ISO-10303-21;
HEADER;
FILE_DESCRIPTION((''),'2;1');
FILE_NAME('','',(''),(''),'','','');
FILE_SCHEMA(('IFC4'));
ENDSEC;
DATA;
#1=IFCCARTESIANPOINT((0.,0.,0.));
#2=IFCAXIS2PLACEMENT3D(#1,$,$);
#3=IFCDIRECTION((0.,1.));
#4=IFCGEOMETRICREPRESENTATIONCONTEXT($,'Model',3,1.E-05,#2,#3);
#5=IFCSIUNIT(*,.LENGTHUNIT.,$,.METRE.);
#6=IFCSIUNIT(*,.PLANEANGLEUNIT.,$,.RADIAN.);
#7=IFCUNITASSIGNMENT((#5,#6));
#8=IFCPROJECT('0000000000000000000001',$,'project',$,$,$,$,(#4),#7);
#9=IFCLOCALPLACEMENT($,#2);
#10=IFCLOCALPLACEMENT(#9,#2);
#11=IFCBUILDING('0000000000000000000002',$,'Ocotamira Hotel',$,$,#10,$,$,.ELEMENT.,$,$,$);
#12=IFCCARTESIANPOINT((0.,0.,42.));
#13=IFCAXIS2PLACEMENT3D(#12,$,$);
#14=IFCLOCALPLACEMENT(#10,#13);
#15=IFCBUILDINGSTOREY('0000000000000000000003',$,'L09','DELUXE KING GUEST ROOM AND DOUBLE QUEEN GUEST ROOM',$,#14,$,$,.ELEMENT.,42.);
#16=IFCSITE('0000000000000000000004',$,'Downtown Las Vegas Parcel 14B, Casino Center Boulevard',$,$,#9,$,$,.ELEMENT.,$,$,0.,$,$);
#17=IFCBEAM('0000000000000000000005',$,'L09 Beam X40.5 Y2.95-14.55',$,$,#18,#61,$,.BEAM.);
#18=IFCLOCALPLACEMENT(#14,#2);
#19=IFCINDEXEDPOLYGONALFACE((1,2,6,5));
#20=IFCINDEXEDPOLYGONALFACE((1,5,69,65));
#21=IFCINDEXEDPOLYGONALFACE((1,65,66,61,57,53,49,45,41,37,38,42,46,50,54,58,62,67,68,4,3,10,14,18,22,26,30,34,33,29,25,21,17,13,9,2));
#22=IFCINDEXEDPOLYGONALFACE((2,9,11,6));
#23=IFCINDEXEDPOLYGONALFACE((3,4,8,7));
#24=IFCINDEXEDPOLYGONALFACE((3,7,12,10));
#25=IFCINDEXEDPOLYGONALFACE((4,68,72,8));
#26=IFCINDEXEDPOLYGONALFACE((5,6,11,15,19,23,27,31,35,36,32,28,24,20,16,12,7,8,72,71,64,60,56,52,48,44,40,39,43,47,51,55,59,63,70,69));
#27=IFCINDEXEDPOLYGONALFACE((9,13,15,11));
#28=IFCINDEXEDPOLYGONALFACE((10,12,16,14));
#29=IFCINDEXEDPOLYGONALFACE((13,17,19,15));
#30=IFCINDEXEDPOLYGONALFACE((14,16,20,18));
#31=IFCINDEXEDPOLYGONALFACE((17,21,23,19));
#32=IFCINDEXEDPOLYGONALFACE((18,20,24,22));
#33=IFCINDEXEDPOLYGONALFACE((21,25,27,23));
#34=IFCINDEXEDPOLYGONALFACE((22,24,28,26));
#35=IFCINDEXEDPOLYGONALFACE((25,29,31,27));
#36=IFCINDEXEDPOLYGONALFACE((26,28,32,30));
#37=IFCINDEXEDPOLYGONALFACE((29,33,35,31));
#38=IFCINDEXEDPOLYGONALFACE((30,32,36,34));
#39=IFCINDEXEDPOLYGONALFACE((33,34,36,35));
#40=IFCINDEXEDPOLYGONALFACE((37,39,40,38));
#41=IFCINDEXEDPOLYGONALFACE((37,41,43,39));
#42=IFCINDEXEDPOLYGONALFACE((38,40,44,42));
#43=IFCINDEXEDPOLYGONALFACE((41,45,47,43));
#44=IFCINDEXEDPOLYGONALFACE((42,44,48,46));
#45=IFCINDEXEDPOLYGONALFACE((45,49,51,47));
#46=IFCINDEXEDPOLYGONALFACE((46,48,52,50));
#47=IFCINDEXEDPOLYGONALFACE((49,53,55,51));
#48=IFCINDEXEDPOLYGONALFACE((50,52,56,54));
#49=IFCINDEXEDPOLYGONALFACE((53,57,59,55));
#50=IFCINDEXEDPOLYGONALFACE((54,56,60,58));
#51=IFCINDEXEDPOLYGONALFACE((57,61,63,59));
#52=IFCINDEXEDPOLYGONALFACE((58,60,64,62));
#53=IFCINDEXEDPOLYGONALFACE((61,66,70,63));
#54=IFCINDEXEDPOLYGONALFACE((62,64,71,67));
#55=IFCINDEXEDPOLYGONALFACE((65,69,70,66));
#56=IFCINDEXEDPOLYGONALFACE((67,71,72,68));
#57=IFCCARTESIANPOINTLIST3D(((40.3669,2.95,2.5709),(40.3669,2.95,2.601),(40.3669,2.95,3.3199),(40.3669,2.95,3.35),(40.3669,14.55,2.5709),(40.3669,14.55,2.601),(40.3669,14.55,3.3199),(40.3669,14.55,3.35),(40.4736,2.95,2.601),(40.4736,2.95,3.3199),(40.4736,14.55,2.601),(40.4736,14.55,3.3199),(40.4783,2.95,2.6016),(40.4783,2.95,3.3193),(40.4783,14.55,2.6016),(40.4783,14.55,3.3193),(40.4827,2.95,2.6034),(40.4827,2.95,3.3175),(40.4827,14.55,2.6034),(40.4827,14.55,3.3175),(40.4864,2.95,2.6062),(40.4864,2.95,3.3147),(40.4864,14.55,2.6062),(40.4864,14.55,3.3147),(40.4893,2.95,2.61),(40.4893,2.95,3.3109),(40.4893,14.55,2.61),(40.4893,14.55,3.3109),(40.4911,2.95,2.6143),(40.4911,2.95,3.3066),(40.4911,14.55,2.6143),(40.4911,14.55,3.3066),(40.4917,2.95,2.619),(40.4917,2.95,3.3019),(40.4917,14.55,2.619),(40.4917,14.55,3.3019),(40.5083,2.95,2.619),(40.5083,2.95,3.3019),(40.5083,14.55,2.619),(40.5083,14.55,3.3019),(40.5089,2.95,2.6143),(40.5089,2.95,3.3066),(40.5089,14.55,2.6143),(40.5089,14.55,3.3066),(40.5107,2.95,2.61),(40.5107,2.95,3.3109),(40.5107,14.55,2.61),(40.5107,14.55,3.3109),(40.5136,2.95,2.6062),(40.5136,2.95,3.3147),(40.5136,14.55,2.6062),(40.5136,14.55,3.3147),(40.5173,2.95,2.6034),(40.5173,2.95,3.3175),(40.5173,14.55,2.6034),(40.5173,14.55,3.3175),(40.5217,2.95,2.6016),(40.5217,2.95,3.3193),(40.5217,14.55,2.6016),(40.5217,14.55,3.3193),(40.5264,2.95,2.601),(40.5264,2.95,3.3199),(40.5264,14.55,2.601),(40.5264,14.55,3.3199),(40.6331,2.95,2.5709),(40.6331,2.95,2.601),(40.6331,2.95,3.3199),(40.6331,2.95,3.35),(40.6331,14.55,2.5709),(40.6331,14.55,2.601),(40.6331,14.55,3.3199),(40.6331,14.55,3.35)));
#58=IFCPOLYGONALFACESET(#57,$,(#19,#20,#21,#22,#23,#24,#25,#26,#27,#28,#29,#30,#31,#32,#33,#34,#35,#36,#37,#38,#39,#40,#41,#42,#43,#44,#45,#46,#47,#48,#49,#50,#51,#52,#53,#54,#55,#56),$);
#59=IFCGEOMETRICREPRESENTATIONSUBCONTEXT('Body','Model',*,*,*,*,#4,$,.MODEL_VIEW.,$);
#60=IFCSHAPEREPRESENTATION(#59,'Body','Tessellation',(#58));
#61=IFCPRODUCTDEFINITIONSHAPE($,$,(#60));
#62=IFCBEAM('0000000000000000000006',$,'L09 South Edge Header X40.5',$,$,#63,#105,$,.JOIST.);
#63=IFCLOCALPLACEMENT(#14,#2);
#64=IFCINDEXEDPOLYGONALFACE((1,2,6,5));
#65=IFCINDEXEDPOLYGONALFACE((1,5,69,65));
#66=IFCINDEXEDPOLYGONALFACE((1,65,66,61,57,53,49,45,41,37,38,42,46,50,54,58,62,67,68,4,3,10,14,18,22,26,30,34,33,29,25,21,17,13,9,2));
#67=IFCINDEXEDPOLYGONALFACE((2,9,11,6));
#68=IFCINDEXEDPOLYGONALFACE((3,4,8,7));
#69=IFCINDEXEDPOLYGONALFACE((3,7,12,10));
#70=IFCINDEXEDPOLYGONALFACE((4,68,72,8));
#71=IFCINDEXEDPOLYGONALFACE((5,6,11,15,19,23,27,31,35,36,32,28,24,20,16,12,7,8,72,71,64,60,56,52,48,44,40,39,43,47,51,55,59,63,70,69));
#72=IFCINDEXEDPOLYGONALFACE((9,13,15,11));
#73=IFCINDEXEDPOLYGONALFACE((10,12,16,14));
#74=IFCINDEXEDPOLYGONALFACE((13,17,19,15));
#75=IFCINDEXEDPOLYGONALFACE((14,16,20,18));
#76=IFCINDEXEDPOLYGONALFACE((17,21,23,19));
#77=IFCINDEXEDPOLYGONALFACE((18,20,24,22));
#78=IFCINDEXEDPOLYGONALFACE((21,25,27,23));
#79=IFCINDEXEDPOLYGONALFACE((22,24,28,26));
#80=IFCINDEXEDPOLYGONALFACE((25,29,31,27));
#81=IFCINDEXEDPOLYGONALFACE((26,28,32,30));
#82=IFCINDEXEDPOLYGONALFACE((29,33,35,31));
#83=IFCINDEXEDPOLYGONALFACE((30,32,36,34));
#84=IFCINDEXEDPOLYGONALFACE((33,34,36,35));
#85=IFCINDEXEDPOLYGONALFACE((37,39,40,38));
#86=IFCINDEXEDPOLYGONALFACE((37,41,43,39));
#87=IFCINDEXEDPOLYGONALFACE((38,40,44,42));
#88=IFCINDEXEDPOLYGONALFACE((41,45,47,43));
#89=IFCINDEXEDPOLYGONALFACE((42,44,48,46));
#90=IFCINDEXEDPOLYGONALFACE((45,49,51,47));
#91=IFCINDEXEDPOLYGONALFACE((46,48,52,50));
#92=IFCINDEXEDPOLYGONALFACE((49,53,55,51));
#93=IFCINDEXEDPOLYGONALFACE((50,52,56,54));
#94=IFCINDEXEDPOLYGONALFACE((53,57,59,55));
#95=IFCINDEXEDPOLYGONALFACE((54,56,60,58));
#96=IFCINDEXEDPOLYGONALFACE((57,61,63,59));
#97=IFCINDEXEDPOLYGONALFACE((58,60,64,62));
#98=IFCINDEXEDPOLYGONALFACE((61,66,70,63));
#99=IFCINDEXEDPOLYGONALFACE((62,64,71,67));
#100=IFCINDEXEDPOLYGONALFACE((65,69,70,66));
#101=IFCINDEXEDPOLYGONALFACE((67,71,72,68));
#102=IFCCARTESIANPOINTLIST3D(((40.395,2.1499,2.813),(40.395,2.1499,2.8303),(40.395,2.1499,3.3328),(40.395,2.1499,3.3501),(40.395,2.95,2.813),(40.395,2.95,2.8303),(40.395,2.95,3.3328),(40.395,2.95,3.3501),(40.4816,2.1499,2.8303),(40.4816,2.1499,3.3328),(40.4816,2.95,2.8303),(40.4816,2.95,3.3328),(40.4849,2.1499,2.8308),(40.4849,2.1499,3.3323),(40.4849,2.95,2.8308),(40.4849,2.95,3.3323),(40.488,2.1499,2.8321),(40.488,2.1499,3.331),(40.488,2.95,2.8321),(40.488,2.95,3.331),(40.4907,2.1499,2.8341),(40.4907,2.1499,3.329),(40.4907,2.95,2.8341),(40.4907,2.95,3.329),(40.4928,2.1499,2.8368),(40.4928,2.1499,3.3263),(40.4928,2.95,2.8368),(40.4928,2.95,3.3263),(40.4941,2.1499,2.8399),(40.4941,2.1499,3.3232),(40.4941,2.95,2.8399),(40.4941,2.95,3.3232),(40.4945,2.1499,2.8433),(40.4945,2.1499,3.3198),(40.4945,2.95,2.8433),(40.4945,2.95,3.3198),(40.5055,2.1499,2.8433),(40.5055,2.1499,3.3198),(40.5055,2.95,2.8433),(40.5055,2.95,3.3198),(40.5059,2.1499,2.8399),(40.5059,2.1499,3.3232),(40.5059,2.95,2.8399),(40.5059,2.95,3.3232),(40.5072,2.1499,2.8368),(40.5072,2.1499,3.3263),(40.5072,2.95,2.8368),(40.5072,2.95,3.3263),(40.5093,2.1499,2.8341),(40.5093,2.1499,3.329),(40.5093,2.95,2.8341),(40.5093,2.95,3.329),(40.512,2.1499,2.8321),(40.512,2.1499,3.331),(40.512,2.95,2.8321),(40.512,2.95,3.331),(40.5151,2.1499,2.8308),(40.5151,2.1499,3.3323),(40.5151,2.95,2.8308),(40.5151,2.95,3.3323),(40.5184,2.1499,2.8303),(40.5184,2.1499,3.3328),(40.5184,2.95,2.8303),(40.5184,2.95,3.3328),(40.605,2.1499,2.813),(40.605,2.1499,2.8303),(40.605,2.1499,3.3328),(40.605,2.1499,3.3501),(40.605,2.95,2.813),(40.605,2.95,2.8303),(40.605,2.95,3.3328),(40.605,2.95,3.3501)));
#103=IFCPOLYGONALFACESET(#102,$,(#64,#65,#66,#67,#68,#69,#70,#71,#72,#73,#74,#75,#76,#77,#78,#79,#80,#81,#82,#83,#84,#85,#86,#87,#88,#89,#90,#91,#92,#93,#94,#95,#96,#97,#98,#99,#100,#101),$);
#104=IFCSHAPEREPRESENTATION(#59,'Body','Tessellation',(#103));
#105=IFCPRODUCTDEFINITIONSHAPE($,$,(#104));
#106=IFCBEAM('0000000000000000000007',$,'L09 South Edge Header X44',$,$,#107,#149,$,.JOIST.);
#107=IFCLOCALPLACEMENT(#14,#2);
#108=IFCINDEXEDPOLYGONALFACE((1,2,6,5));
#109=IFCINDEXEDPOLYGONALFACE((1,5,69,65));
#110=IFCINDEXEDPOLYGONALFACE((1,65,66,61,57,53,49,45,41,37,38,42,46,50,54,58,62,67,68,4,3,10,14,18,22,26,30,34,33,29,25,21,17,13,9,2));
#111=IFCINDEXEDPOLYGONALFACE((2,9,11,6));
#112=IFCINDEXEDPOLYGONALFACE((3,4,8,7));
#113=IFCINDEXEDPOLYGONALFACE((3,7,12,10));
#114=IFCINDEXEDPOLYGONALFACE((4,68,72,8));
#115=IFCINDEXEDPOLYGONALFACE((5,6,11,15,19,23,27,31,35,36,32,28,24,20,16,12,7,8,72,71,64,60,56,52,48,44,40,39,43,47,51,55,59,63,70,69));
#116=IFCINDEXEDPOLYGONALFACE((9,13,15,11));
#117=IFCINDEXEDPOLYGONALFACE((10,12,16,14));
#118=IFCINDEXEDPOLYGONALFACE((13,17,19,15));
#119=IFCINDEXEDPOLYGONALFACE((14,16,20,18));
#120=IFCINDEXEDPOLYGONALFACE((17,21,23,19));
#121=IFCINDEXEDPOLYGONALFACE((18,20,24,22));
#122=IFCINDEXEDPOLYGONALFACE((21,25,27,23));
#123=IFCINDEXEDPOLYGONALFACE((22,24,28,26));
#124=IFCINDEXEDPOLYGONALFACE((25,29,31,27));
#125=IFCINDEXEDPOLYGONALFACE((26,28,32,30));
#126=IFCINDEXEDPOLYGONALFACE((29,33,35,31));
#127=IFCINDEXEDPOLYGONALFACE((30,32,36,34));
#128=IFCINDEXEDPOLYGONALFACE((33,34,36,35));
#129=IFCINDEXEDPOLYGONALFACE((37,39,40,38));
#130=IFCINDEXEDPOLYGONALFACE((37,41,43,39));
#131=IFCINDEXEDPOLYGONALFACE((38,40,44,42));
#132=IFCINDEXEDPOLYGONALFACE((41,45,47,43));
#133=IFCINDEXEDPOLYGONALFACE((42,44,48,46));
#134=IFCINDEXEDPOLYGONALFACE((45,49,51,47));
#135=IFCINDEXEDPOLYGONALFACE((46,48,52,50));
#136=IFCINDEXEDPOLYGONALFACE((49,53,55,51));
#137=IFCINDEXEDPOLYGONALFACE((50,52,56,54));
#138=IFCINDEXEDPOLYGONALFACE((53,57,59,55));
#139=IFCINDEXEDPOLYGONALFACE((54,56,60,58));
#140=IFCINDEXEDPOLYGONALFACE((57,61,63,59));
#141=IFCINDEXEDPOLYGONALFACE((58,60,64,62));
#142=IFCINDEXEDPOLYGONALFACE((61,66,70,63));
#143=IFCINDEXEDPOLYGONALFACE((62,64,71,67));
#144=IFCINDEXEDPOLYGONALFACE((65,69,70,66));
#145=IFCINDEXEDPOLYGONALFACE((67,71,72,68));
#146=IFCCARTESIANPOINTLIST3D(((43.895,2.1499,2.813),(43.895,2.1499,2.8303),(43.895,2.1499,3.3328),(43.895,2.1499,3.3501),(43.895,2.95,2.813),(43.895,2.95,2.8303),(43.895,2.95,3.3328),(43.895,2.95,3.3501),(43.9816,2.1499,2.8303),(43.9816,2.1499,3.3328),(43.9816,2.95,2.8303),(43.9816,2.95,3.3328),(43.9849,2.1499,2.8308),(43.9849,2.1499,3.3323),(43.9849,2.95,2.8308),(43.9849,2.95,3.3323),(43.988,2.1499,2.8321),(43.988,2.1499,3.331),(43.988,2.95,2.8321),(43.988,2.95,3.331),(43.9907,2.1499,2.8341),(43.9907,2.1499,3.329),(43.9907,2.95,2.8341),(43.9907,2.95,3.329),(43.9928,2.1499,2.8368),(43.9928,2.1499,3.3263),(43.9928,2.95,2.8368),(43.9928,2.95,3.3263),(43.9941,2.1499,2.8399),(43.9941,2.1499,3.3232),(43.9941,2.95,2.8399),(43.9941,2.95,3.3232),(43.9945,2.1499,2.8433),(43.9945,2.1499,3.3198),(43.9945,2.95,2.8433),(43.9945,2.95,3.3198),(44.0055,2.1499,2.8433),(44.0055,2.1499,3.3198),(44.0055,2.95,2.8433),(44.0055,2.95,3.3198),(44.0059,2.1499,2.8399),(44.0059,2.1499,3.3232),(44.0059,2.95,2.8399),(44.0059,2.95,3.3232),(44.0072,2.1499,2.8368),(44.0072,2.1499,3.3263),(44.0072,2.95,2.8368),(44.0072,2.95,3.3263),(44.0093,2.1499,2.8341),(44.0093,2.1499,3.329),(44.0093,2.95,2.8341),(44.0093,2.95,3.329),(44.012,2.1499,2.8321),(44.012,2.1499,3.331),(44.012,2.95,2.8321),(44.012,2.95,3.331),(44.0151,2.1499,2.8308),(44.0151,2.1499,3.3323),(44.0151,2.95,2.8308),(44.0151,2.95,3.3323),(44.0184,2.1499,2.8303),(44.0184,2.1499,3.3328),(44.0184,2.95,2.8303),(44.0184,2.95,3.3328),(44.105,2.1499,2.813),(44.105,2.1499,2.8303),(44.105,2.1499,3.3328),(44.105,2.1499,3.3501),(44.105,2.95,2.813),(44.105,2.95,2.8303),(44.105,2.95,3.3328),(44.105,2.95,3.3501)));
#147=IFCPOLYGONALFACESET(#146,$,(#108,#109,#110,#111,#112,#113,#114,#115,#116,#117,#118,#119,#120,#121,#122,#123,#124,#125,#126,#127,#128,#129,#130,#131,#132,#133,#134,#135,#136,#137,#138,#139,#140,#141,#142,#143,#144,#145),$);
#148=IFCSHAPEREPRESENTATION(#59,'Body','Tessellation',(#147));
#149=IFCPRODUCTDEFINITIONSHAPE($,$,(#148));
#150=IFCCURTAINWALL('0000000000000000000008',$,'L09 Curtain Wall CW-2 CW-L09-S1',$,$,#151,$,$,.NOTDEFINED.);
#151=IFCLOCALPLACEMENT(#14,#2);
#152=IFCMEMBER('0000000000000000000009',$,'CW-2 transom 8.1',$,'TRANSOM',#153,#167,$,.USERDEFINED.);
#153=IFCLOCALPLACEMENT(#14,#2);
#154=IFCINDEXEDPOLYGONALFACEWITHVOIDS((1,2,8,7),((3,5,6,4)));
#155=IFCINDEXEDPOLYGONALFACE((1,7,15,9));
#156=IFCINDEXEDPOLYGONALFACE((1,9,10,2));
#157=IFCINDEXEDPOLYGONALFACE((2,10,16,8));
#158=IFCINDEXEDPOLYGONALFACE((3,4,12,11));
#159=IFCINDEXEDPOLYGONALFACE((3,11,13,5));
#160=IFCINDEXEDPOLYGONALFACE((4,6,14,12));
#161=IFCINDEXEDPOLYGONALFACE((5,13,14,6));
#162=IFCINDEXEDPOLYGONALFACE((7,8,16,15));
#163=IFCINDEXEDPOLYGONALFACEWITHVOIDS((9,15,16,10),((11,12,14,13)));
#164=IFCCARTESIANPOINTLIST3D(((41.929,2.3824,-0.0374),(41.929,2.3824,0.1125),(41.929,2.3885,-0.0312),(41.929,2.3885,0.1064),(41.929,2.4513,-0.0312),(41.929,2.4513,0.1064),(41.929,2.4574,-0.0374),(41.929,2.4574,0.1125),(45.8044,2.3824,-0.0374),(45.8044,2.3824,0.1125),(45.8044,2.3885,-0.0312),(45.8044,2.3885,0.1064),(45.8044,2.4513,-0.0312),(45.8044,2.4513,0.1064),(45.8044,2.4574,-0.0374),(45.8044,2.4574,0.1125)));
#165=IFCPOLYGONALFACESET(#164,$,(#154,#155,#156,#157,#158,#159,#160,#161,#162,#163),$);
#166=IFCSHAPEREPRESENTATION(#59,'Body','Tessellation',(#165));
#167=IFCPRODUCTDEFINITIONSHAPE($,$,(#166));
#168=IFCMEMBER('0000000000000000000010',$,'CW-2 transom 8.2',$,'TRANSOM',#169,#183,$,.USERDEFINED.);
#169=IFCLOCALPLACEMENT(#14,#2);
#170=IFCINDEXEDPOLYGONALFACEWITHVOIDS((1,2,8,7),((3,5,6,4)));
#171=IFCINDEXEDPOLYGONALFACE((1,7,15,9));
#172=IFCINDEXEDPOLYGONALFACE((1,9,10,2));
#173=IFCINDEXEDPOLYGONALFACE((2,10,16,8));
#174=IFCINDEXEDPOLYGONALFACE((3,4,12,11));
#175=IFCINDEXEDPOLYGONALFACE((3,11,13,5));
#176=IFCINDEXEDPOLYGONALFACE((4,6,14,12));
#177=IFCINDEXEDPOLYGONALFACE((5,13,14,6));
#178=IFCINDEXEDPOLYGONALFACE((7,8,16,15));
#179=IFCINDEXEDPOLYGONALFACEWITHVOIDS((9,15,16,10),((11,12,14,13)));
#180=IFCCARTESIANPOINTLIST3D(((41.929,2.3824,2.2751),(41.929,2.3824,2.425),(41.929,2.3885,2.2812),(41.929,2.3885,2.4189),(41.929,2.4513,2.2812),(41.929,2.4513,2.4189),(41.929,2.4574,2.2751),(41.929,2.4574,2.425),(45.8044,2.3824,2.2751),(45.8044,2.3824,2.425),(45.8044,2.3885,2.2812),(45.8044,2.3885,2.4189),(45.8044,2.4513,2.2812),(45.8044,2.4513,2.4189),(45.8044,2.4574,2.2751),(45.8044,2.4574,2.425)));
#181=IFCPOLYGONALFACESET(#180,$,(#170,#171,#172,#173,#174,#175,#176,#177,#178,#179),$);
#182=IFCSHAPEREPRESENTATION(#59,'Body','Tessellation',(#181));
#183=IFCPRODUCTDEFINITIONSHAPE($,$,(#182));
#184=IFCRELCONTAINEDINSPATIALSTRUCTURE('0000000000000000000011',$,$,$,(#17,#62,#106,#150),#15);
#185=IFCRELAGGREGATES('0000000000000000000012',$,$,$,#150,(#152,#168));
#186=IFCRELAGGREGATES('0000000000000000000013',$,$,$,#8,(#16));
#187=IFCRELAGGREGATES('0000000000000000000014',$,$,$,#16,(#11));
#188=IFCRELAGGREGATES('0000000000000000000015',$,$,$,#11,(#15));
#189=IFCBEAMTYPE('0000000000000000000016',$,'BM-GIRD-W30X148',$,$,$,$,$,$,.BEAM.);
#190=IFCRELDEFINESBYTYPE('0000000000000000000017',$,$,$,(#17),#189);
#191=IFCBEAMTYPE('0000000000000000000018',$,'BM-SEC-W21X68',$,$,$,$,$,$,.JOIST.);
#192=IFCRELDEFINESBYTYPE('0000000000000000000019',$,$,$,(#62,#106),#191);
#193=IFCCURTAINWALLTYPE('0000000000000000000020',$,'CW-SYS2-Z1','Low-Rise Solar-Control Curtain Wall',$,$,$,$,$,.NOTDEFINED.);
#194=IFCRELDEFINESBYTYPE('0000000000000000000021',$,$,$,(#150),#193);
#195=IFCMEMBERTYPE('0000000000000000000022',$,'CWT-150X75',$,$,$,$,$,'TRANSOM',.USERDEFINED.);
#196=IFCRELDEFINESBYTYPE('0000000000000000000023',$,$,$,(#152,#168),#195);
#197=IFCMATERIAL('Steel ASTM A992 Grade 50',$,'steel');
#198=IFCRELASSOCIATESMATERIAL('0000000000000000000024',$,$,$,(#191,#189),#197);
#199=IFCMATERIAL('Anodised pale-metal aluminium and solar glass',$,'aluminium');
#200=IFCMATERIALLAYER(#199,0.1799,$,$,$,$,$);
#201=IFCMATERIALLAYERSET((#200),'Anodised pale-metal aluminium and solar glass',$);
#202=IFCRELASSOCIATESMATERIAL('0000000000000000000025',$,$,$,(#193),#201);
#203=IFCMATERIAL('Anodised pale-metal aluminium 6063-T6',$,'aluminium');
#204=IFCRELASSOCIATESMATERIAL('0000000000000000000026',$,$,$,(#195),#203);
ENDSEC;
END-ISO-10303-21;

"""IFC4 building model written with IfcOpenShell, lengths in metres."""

from ifc_helpers import new_model, si_unit, direction, frame, origin, origin_2d, place, context, subcontext, project, spatial, hollow_rectangle, i_section, extrude, source, transform, mapped, material, layer, layer_set, material_profile, profile_set, type_object, element, aggregate, save


model = new_model("IFC4")

# Units and contexts
model_context = context("Model", 3, precision=1e-05, world=origin(), true_north=direction((0.0, 1.0)))
body_context = subcontext(model_context, "Body", "Model", "MODEL_VIEW")
ifc_project = project(units=[si_unit("LENGTHUNIT", "METRE"), si_unit("PLANEANGLEUNIT", "RADIAN")], contexts=[model_context])

# Site, building, storey
site_placement = place(None, origin())
site = spatial("IfcSite", under=ifc_project, at=site_placement, Name="Downtown Las Vegas Parcel 14B, Casino Center Boulevard", CompositionType="ELEMENT", RefElevation=0.0)
building_placement = place(site_placement, origin())
building = spatial("IfcBuilding", under=site, at=building_placement, Name="Ocotamira Hotel", CompositionType="ELEMENT")
storey_placement = place(building_placement, frame((0.0, 0.0, 42.0)))
storey = spatial("IfcBuildingStorey", under=building, at=storey_placement, Name="L09", Description="DELUXE KING GUEST ROOM AND DOUBLE QUEEN GUEST ROOM", CompositionType="ELEMENT", Elevation=42.0)

# Beams
ifc_material_1 = material(Name="Steel ASTM A992 Grade 50", Category="steel")
ifc_material_profile_1 = material_profile(ifc_material_1, i_section(OverallWidth=0.21, OverallDepth=0.5371, WebThickness=0.011, FlangeThickness=0.0173, FilletRadius=0.0129, at=origin_2d()), Name="W21X68")
ifc_profile_set_1 = profile_set([ifc_material_profile_1], Name="Steel ASTM A992 Grade 50")
beam_type_1 = type_object("IfcBeamType", Name="BM-SEC-W21X68", PredefinedType="JOIST", material=ifc_profile_set_1)
ifc_material_profile_2 = material_profile(ifc_material_1, i_section(OverallWidth=0.2661, OverallDepth=0.7791, WebThickness=0.0166, FlangeThickness=0.03, FilletRadius=0.0181, at=origin_2d()), Name="W30X148")
ifc_profile_set_2 = profile_set([ifc_material_profile_2], Name="Steel ASTM A992 Grade 50")
beam_type_2 = type_object("IfcBeamType", Name="BM-GIRD-W30X148", PredefinedType="BEAM", material=ifc_profile_set_2)
shared_shape_1 = source(origin(), body_context, "Body", "SweptSolid", [
    extrude(i_section(OverallWidth=0.2661, OverallDepth=0.7791, WebThickness=0.0166, FlangeThickness=0.03, FilletRadius=0.0181, at=origin_2d()), origin(), (0.0, 0.0, 1.0), 11.6001),
])
beam_1_placement = place(storey_placement, frame((40.5, 2.95, 2.9604), z_axis=(0.0, 1.0, 0.0), x_axis=(-1.0, 0.0, 0.0)))
element("IfcBeam", 1, at=beam_1_placement, inside=storey, type_object=beam_type_2, Name="L09 Beam X40.5 Y2.95-14.55", PredefinedType="BEAM", context=body_context, shape_type="MappedRepresentation", body=[
    mapped(shared_shape_1, transform((0.0, 0.0, 0.0), scale=1.0)),
])
shared_shape_2 = source(origin(), body_context, "Body", "SweptSolid", [
    extrude(i_section(OverallWidth=0.21, OverallDepth=0.5371, WebThickness=0.011, FlangeThickness=0.0173, FilletRadius=0.0129, at=origin_2d()), origin(), (0.0, 0.0, 1.0), 0.8),
])
for number, where, z_axis, x_axis, name in (
    (2, (40.5, 2.95, 3.0815), (0.0, -1.0, 0.0), (1.0, 0.0, 0.0), "L09 South Edge Header X40.5"),
    (3, (44.0, 2.95, 3.0815), (0.0, -1.0, 0.0), (1.0, 0.0, 0.0), "L09 South Edge Header X44"),
):
    element("IfcBeam", number, at=place(storey_placement, frame(where, z_axis=z_axis, x_axis=x_axis)), inside=storey, type_object=beam_type_1, Name=name, PredefinedType="JOIST", context=body_context, shape_type="MappedRepresentation", body=[
        mapped(shared_shape_2, transform((0.0, 0.0, 0.0), scale=1.0)),
    ])

# Curtain wall, members
ifc_material_2 = material(Name="Anodised pale-metal aluminium and solar glass", Category="aluminium")
ifc_layer_1 = layer(ifc_material_2, 0.1799)
ifc_layer_set_1 = layer_set([ifc_layer_1], Name="Anodised pale-metal aluminium and solar glass")
curtain_wall_type = type_object("IfcCurtainWallType", Name="CW-SYS2-Z1", Description="Low-Rise Solar-Control Curtain Wall", PredefinedType="NOTDEFINED", material=ifc_layer_set_1)
curtain_wall_placement = place(storey_placement, origin())
curtain_wall = element("IfcCurtainWall", 4, at=curtain_wall_placement, inside=storey, type_object=curtain_wall_type, Name="L09 Curtain Wall CW-2 CW-L09-S1", PredefinedType="NOTDEFINED")
ifc_material_3 = material(Name="Anodised pale-metal aluminium 6063-T6", Category="aluminium")
ifc_material_profile_3 = material_profile(ifc_material_3, hollow_rectangle(XDim=0.075, YDim=0.1499, WallThickness=0.0061, at=origin_2d()), Name="HSS150X75X6")
ifc_profile_set_3 = profile_set([ifc_material_profile_3], Name="Anodised pale-metal aluminium 6063-T6")
member_type = type_object("IfcMemberType", Name="CWT-150X75", ElementType="TRANSOM", PredefinedType="USERDEFINED", material=ifc_profile_set_3)
shared_shape_3 = source(origin(), body_context, "Body", "SweptSolid", [
    extrude(hollow_rectangle(XDim=0.075, YDim=0.1499, WallThickness=0.0061, at=origin_2d()), origin(), (0.0, 0.0, 1.0), 3.8755),
])
member_1_placement = place(storey_placement, frame((41.929, 2.4199, 0.0376), z_axis=(1.0, 0.0, 0.0), x_axis=(0.0, 1.0, 0.0)))
member_1 = element("IfcMember", 5, at=member_1_placement, type_object=member_type, Name="CW-2 transom 8.1", ObjectType="TRANSOM", PredefinedType="USERDEFINED", context=body_context, shape_type="MappedRepresentation", body=[
    mapped(shared_shape_3, transform((0.0, 0.0, 0.0), scale=1.0)),
])
member_2_placement = place(storey_placement, frame((41.929, 2.4199, 2.3501), z_axis=(1.0, 0.0, 0.0), x_axis=(0.0, 1.0, 0.0)))
member_2 = element("IfcMember", 6, at=member_2_placement, type_object=member_type, Name="CW-2 transom 8.2", ObjectType="TRANSOM", PredefinedType="USERDEFINED", context=body_context, shape_type="MappedRepresentation", body=[
    mapped(shared_shape_3, transform((0.0, 0.0, 0.0), scale=1.0)),
])
aggregate(curtain_wall, [member_1, member_2])

save(model, "model.ifc")
